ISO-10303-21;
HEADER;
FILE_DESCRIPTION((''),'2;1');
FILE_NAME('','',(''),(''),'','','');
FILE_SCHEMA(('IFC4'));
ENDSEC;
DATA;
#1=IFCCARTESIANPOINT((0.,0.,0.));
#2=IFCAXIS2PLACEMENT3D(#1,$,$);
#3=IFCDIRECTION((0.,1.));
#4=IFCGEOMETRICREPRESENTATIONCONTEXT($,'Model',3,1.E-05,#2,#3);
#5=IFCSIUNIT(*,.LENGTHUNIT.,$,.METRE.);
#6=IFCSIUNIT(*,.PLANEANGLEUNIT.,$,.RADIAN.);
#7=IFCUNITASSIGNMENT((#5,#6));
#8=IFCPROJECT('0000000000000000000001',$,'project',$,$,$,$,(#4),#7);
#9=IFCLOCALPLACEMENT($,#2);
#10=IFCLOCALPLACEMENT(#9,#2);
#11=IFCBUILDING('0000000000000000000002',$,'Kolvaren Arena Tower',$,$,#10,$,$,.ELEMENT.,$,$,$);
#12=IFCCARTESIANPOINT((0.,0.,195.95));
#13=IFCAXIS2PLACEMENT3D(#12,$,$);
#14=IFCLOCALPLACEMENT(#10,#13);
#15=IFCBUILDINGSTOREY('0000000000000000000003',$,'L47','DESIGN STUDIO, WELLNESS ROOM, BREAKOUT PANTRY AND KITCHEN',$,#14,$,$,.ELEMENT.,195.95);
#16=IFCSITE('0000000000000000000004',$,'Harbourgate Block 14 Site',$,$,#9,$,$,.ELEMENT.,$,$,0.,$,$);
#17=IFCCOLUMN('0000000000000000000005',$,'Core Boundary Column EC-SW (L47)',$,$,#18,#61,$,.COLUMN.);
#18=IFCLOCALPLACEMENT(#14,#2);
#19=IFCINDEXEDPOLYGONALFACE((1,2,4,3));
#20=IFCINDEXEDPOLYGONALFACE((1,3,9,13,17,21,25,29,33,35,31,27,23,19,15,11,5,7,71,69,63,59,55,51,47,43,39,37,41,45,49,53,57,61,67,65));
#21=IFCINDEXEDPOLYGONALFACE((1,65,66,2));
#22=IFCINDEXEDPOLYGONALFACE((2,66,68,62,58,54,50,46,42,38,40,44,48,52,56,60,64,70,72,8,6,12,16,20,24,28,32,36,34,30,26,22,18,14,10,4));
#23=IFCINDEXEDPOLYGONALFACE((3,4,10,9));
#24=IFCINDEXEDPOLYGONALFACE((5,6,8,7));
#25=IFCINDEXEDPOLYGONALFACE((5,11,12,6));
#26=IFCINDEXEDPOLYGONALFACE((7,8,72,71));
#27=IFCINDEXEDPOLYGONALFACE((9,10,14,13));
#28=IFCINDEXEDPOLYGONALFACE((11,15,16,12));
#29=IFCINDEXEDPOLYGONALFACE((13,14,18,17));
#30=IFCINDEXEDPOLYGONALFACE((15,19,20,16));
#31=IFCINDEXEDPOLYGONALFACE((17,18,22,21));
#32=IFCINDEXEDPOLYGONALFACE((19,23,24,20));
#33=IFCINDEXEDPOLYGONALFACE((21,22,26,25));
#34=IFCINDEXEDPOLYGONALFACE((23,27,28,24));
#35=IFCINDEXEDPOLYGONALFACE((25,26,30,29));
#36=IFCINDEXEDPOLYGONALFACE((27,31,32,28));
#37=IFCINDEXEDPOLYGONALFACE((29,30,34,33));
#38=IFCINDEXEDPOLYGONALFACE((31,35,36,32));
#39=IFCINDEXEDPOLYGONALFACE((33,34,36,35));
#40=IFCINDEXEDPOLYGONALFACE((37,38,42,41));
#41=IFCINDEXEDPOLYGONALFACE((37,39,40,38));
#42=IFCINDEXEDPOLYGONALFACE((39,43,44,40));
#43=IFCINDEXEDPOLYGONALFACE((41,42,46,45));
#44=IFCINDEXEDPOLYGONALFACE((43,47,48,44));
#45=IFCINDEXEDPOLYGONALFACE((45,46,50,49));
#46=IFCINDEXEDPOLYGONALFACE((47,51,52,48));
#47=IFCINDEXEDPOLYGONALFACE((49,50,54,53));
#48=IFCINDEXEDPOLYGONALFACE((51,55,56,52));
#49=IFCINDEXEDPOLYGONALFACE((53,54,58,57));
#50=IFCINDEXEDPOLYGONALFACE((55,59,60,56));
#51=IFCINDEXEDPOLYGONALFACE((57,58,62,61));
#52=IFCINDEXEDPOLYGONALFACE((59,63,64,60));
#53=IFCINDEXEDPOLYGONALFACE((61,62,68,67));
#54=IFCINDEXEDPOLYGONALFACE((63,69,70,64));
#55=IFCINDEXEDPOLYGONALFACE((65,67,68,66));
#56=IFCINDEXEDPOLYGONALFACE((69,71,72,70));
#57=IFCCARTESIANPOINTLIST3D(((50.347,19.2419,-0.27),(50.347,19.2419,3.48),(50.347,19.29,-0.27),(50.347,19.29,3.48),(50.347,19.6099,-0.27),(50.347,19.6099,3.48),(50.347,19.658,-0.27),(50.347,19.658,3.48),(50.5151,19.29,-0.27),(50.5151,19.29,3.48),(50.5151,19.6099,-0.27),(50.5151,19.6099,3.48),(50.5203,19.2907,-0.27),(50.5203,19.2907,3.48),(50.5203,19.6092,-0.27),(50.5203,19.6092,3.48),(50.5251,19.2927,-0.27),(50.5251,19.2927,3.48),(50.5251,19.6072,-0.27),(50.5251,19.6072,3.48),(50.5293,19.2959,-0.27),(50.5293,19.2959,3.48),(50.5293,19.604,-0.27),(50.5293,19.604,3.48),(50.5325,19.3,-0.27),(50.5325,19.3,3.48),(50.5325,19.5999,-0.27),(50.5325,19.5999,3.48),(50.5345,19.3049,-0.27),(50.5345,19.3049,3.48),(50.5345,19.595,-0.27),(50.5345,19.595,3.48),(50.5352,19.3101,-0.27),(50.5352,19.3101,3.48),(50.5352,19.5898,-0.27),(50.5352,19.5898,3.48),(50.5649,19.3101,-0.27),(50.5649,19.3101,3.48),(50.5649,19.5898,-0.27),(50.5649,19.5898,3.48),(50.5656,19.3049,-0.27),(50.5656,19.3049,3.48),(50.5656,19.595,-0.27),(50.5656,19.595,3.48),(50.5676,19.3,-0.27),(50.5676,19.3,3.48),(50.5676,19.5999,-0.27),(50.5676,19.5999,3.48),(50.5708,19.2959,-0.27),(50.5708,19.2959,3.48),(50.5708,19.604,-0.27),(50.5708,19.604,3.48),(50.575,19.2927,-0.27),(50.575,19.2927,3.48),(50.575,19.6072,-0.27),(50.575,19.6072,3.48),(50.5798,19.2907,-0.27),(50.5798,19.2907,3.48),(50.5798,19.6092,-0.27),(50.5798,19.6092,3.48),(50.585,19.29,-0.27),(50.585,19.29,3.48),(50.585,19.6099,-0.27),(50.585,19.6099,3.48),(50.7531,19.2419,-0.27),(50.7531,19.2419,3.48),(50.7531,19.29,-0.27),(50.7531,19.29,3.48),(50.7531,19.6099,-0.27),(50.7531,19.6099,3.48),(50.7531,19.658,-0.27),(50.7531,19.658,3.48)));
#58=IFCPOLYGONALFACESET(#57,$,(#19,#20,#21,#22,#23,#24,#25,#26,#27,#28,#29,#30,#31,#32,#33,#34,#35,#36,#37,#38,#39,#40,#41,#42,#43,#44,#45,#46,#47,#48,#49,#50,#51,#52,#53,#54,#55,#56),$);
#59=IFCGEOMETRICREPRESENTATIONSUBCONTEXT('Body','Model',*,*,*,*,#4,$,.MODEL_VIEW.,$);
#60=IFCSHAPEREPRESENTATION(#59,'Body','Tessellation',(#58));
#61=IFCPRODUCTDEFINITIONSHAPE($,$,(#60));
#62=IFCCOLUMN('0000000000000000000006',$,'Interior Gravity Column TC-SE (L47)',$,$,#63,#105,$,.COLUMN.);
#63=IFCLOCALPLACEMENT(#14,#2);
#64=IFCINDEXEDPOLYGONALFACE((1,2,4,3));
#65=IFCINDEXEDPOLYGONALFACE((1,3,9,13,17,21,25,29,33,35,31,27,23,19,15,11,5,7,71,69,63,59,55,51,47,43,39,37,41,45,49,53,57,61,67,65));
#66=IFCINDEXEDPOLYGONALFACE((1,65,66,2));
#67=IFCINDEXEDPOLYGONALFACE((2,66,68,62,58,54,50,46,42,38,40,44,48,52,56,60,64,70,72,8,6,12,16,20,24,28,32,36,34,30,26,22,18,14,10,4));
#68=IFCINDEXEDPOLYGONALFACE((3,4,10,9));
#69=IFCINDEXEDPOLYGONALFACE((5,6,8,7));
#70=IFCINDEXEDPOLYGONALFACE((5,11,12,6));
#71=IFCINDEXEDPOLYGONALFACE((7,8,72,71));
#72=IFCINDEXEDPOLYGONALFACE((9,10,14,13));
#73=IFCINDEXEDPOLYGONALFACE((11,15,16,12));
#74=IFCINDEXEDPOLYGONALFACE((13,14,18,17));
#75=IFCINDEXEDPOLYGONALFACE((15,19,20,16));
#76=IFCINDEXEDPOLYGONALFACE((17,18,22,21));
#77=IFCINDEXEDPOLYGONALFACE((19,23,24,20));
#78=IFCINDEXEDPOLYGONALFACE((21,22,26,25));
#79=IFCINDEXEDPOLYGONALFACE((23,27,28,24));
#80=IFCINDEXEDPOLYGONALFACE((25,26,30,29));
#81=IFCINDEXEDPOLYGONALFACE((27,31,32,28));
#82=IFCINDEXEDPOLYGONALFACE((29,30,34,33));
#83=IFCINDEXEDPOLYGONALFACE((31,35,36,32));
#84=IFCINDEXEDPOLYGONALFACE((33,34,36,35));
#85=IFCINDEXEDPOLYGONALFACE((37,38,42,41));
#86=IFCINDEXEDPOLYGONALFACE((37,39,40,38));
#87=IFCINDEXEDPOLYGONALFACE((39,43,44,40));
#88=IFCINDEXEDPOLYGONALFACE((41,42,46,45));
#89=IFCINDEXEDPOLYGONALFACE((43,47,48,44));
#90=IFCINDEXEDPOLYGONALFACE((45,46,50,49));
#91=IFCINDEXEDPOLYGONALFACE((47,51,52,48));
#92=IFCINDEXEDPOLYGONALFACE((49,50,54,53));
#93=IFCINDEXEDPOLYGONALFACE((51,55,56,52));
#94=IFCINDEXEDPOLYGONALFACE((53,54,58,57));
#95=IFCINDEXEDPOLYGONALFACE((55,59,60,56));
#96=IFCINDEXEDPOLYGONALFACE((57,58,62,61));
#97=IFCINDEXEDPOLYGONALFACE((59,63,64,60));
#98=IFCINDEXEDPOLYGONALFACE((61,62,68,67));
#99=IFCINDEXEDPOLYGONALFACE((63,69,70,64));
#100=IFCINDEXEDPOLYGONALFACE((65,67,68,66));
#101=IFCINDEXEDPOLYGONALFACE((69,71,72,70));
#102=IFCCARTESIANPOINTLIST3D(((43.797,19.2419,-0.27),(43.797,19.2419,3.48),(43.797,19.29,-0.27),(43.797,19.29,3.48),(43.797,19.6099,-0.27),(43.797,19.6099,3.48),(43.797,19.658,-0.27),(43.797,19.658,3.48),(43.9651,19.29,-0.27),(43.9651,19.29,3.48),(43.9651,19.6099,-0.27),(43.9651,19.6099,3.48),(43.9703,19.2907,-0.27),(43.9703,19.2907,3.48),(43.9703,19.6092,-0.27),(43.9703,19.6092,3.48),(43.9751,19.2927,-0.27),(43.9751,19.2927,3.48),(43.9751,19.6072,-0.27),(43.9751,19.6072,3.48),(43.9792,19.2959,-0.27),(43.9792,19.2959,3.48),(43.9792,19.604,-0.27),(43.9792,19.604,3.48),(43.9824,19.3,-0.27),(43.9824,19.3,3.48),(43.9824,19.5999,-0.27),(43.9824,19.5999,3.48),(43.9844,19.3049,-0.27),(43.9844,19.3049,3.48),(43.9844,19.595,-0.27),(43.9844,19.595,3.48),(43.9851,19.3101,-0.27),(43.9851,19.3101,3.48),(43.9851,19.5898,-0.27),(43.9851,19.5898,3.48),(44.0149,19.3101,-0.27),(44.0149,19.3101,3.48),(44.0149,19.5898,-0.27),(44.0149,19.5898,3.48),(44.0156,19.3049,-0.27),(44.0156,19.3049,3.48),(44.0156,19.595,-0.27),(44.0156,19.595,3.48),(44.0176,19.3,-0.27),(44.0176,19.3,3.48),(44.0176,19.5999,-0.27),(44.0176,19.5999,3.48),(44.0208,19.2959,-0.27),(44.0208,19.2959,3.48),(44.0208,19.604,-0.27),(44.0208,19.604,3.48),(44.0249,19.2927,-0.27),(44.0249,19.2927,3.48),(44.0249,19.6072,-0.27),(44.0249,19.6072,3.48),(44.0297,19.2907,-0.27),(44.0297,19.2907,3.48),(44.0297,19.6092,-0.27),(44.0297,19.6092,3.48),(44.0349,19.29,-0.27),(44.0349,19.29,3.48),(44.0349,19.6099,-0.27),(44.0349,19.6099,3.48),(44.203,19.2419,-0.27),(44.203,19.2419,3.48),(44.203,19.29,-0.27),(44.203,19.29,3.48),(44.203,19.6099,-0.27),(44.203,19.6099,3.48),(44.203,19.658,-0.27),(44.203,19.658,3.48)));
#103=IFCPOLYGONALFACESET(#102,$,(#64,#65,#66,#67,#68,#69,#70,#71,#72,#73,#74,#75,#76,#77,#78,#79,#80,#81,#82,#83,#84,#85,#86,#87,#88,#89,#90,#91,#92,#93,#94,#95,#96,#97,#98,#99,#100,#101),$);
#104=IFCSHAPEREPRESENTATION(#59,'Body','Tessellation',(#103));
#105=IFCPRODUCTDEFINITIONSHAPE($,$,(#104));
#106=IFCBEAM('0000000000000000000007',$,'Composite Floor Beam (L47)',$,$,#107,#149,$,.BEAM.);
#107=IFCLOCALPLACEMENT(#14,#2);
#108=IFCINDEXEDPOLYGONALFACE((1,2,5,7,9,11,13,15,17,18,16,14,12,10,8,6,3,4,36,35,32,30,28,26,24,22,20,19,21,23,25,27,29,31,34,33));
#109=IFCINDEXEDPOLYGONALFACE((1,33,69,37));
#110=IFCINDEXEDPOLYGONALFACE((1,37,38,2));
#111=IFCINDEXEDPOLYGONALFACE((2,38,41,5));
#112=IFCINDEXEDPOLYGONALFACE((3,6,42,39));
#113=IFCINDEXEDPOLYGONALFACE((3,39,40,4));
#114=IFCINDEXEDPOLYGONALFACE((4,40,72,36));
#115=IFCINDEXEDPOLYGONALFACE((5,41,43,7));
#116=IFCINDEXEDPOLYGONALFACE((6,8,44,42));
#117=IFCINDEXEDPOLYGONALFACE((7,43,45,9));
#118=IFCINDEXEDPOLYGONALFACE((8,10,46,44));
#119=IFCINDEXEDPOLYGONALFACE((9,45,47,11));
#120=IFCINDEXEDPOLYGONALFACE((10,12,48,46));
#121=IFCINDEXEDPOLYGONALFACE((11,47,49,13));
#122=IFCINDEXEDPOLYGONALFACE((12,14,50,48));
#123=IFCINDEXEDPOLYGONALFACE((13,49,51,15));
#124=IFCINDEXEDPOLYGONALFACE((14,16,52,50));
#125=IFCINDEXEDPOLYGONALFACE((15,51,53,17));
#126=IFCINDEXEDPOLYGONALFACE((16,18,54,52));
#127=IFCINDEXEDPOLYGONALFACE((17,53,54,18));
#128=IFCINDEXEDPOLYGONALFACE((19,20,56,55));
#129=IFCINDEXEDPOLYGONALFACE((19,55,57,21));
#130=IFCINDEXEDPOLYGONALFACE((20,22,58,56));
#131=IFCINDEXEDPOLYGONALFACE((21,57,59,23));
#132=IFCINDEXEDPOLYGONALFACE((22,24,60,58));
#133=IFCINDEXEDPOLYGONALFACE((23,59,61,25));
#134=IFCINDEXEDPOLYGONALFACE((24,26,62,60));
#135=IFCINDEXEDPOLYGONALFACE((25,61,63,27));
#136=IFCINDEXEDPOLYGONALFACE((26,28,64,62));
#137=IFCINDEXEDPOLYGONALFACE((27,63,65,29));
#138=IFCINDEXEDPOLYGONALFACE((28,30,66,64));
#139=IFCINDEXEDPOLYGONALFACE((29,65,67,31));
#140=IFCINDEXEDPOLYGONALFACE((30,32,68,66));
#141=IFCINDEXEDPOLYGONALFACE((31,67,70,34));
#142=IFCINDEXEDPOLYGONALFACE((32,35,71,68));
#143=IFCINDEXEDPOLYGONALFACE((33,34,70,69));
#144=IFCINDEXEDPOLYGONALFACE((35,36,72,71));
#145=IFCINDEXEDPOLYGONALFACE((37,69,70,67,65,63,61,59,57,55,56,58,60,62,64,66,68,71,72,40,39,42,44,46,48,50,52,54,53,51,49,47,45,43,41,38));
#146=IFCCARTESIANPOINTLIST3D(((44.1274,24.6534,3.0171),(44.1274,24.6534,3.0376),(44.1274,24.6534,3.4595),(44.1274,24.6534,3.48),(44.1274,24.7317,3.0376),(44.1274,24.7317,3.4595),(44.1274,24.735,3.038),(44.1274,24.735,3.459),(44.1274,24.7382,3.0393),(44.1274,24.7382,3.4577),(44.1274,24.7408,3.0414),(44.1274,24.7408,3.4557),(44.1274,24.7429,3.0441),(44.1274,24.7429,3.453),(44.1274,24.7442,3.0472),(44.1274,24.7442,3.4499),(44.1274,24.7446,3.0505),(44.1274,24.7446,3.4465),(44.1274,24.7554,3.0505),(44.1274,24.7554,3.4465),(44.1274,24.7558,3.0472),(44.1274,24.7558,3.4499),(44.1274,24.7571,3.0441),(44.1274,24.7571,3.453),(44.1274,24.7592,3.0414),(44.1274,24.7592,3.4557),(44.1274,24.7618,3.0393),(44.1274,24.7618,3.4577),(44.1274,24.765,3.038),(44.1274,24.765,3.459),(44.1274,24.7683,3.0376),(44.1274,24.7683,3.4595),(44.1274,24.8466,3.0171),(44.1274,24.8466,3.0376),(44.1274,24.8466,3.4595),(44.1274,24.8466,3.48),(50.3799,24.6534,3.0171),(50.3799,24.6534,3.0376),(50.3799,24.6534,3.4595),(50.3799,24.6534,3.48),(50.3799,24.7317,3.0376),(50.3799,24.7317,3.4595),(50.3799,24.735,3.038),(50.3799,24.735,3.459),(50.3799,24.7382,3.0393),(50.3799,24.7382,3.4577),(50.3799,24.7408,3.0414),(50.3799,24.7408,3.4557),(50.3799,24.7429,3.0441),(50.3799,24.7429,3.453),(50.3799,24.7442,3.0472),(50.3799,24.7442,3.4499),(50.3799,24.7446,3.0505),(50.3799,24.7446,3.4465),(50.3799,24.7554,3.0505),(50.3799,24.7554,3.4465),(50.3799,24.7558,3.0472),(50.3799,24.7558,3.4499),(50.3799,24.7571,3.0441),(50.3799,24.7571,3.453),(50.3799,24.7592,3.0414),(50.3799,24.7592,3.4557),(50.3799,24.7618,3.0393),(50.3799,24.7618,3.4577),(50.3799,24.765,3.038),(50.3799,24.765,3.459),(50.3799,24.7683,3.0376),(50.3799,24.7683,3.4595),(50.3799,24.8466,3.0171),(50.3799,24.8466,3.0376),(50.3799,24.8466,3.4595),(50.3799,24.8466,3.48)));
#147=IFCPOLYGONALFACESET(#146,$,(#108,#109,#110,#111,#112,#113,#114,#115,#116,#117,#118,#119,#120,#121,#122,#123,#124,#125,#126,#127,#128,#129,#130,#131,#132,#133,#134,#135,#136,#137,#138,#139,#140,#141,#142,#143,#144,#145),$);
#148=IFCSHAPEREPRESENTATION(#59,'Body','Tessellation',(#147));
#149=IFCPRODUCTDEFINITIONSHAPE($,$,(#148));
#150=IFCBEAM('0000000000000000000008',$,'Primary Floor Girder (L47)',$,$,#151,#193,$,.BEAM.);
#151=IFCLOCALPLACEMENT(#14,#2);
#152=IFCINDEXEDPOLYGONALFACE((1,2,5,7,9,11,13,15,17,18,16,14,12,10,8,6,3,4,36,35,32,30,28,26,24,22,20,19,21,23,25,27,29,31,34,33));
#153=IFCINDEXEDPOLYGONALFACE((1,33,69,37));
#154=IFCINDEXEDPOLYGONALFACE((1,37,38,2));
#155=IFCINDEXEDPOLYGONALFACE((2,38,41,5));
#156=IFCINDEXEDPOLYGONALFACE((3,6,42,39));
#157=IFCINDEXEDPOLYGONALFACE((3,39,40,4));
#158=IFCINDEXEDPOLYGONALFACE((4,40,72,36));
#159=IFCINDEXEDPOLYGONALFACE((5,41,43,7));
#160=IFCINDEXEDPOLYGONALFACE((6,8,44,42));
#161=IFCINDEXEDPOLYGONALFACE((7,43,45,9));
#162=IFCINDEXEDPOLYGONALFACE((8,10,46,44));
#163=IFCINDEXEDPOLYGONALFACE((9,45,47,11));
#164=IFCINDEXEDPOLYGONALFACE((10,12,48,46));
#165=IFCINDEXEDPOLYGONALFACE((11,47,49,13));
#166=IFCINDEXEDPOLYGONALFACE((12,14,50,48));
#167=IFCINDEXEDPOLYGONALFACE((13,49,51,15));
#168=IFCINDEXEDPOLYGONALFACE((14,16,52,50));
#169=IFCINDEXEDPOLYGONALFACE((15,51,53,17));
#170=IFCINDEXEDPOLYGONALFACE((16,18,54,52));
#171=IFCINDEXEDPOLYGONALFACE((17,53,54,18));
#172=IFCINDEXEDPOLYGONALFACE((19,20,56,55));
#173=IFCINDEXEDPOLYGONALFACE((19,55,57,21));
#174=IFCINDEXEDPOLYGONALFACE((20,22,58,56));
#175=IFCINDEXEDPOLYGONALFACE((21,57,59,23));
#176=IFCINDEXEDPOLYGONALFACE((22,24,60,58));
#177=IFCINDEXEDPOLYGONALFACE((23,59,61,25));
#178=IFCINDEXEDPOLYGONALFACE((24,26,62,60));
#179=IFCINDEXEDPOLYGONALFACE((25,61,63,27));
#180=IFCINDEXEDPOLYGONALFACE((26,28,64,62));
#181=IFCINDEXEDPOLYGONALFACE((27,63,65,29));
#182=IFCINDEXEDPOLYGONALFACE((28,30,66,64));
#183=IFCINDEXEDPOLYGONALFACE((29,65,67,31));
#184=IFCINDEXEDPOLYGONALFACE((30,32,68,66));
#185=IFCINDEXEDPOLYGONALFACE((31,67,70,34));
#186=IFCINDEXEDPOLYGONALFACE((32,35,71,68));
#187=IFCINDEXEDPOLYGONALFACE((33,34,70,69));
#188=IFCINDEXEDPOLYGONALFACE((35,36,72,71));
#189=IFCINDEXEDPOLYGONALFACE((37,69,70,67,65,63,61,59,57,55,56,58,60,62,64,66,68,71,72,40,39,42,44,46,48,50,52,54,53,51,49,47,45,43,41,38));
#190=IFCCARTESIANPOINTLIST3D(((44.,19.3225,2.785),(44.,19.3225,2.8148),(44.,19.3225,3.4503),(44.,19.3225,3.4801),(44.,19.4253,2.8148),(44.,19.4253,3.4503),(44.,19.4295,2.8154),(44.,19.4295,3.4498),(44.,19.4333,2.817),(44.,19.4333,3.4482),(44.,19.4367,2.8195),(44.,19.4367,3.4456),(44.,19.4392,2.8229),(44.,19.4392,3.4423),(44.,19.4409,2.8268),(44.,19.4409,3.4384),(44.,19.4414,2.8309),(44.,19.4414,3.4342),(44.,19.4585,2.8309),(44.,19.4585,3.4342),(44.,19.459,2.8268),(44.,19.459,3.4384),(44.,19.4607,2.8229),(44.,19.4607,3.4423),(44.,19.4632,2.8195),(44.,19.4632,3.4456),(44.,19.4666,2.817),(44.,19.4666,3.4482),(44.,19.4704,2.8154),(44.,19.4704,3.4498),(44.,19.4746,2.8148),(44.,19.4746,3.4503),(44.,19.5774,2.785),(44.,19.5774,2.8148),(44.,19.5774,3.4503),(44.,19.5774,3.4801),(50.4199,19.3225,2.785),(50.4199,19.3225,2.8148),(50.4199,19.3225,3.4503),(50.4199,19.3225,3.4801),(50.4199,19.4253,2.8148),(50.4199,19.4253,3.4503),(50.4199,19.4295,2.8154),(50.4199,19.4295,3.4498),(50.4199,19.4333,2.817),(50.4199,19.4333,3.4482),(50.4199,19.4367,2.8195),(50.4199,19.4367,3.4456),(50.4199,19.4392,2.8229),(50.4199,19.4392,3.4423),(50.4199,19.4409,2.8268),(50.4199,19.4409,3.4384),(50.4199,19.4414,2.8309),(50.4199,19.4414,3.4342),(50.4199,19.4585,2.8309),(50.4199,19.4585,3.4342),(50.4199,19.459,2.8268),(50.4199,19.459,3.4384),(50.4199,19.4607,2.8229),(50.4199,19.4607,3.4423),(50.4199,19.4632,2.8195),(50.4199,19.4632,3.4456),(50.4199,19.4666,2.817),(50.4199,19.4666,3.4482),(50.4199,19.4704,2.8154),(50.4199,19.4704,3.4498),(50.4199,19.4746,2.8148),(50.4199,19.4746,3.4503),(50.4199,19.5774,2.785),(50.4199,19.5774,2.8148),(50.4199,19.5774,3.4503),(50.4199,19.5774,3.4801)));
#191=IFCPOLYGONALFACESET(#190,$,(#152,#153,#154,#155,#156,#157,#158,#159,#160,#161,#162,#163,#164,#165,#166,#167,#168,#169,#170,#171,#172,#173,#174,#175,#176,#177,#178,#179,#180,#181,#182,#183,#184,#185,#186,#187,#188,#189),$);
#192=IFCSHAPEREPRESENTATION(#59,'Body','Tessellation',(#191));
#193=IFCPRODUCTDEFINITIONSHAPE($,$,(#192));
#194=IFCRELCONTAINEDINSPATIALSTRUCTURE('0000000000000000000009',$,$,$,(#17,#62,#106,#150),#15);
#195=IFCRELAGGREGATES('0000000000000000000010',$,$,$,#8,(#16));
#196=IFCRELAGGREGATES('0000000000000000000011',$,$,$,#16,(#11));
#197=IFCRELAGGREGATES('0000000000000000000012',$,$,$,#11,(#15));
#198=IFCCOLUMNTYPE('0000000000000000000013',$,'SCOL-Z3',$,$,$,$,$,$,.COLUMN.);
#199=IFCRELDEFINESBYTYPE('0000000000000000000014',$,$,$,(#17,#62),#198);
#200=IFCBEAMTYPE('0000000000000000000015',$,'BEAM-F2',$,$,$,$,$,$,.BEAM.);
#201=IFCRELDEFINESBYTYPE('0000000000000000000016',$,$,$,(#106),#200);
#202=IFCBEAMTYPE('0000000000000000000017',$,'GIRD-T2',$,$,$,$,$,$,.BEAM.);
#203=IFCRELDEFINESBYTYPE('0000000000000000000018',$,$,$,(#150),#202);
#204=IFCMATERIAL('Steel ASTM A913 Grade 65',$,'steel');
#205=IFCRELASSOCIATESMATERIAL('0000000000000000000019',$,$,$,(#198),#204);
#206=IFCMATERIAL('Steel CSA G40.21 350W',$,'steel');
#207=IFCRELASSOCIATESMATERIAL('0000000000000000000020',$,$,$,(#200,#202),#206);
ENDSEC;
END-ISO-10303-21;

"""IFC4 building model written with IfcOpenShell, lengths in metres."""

from ifc_helpers import new_model, si_unit, direction, frame, origin, origin_2d, place, context, subcontext, project, spatial, i_section, extrude, material, material_profile, profile_set, type_object, element, save


model = new_model("IFC4")

# Units and contexts
model_context = context("Model", 3, precision=1e-05, world=origin(), true_north=direction((0.0, 1.0)))
body_context = subcontext(model_context, "Body", "Model", "MODEL_VIEW")
ifc_project = project(units=[si_unit("LENGTHUNIT", "METRE"), si_unit("PLANEANGLEUNIT", "RADIAN")], contexts=[model_context])

# Site, building, storey
site_placement = place(None, origin())
site = spatial("IfcSite", under=ifc_project, at=site_placement, Name="Harbourgate Block 14 Site", CompositionType="ELEMENT", RefElevation=0.0)
building_placement = place(site_placement, origin())
building = spatial("IfcBuilding", under=site, at=building_placement, Name="Kolvaren Arena Tower", CompositionType="ELEMENT")
storey_placement = place(building_placement, frame((0.0, 0.0, 195.95)))
storey = spatial("IfcBuildingStorey", under=building, at=storey_placement, Name="L47", Description="DESIGN STUDIO, WELLNESS ROOM, BREAKOUT PANTRY AND KITCHEN", CompositionType="ELEMENT", Elevation=195.95)

# Columns
ifc_material_1 = material(Name="Steel ASTM A913 Grade 65", Category="steel")
ifc_material_profile_1 = material_profile(ifc_material_1, i_section(OverallWidth=0.406, OverallDepth=0.416, WebThickness=0.0298, FlangeThickness=0.0481, FilletRadius=0.02, at=origin_2d()), Name="W360x382")
ifc_profile_set_1 = profile_set([ifc_material_profile_1], Name="Steel ASTM A913 Grade 65")
column_type = type_object("IfcColumnType", Name="SCOL-Z3", PredefinedType="COLUMN", material=ifc_profile_set_1)
for number, where, z_axis, x_axis, name in (
    (1, (50.55, 19.45, -0.27), (0.0, 0.0, 1.0), (1.0, 0.0, 0.0), "Core Boundary Column EC-SW (L47)"),
    (2, (44.0, 19.45, -0.27), (0.0, 0.0, 1.0), (1.0, 0.0, 0.0), "Interior Gravity Column TC-SE (L47)"),
):
    element("IfcColumn", number, at=place(storey_placement, frame(where, z_axis=z_axis, x_axis=x_axis)), inside=storey, type_object=column_type, Name=name, PredefinedType="COLUMN", context=body_context, shape_type="SweptSolid", body=[
        extrude(i_section(OverallWidth=0.406, OverallDepth=0.416, WebThickness=0.0298, FlangeThickness=0.0481, FilletRadius=0.02, at=origin_2d()), origin(), (0.0, 0.0, 1.0), 3.75),
    ])

# Beams
ifc_material_2 = material(Name="Steel CSA G40.21 350W", Category="steel")
ifc_material_profile_2 = material_profile(ifc_material_2, i_section(OverallWidth=0.1931, OverallDepth=0.4629, WebThickness=0.0107, FlangeThickness=0.0205, FilletRadius=0.0129, at=origin_2d()), Name="W460x113")
ifc_profile_set_2 = profile_set([ifc_material_profile_2], Name="Steel CSA G40.21 350W")
beam_type_1 = type_object("IfcBeamType", Name="BEAM-F2", PredefinedType="BEAM", material=ifc_profile_set_2)
beam_1_placement = place(storey_placement, frame((44.1274, 24.75, 3.2485), z_axis=(1.0, 0.0, 0.0), x_axis=(0.0, 1.0, 0.0)))
element("IfcBeam", 3, at=beam_1_placement, inside=storey, type_object=beam_type_1, Name="Composite Floor Beam (L47)", PredefinedType="BEAM", context=body_context, shape_type="SweptSolid", body=[
    extrude(i_section(OverallWidth=0.1931, OverallDepth=0.4629, WebThickness=0.0107, FlangeThickness=0.0205, FilletRadius=0.0129, at=origin_2d()), origin(), (0.0, 0.0, 1.0), 6.2524),
])
ifc_material_profile_3 = material_profile(ifc_material_2, i_section(OverallWidth=0.2549, OverallDepth=0.6951, WebThickness=0.0171, FlangeThickness=0.0298, FilletRadius=0.0161, at=origin_2d()), Name="W690x217")
ifc_profile_set_3 = profile_set([ifc_material_profile_3], Name="Steel CSA G40.21 350W")
beam_type_2 = type_object("IfcBeamType", Name="GIRD-T2", PredefinedType="BEAM", material=ifc_profile_set_3)
beam_2_placement = place(storey_placement, frame((44.0, 19.45, 3.1326), z_axis=(1.0, 0.0, 0.0), x_axis=(0.0, 1.0, 0.0)))
element("IfcBeam", 4, at=beam_2_placement, inside=storey, type_object=beam_type_2, Name="Primary Floor Girder (L47)", PredefinedType="BEAM", context=body_context, shape_type="SweptSolid", body=[
    extrude(i_section(OverallWidth=0.2549, OverallDepth=0.6951, WebThickness=0.0171, FlangeThickness=0.0298, FilletRadius=0.0161, at=origin_2d()), origin(), (0.0, 0.0, 1.0), 6.4199),
])

save(model, "model.ifc")
